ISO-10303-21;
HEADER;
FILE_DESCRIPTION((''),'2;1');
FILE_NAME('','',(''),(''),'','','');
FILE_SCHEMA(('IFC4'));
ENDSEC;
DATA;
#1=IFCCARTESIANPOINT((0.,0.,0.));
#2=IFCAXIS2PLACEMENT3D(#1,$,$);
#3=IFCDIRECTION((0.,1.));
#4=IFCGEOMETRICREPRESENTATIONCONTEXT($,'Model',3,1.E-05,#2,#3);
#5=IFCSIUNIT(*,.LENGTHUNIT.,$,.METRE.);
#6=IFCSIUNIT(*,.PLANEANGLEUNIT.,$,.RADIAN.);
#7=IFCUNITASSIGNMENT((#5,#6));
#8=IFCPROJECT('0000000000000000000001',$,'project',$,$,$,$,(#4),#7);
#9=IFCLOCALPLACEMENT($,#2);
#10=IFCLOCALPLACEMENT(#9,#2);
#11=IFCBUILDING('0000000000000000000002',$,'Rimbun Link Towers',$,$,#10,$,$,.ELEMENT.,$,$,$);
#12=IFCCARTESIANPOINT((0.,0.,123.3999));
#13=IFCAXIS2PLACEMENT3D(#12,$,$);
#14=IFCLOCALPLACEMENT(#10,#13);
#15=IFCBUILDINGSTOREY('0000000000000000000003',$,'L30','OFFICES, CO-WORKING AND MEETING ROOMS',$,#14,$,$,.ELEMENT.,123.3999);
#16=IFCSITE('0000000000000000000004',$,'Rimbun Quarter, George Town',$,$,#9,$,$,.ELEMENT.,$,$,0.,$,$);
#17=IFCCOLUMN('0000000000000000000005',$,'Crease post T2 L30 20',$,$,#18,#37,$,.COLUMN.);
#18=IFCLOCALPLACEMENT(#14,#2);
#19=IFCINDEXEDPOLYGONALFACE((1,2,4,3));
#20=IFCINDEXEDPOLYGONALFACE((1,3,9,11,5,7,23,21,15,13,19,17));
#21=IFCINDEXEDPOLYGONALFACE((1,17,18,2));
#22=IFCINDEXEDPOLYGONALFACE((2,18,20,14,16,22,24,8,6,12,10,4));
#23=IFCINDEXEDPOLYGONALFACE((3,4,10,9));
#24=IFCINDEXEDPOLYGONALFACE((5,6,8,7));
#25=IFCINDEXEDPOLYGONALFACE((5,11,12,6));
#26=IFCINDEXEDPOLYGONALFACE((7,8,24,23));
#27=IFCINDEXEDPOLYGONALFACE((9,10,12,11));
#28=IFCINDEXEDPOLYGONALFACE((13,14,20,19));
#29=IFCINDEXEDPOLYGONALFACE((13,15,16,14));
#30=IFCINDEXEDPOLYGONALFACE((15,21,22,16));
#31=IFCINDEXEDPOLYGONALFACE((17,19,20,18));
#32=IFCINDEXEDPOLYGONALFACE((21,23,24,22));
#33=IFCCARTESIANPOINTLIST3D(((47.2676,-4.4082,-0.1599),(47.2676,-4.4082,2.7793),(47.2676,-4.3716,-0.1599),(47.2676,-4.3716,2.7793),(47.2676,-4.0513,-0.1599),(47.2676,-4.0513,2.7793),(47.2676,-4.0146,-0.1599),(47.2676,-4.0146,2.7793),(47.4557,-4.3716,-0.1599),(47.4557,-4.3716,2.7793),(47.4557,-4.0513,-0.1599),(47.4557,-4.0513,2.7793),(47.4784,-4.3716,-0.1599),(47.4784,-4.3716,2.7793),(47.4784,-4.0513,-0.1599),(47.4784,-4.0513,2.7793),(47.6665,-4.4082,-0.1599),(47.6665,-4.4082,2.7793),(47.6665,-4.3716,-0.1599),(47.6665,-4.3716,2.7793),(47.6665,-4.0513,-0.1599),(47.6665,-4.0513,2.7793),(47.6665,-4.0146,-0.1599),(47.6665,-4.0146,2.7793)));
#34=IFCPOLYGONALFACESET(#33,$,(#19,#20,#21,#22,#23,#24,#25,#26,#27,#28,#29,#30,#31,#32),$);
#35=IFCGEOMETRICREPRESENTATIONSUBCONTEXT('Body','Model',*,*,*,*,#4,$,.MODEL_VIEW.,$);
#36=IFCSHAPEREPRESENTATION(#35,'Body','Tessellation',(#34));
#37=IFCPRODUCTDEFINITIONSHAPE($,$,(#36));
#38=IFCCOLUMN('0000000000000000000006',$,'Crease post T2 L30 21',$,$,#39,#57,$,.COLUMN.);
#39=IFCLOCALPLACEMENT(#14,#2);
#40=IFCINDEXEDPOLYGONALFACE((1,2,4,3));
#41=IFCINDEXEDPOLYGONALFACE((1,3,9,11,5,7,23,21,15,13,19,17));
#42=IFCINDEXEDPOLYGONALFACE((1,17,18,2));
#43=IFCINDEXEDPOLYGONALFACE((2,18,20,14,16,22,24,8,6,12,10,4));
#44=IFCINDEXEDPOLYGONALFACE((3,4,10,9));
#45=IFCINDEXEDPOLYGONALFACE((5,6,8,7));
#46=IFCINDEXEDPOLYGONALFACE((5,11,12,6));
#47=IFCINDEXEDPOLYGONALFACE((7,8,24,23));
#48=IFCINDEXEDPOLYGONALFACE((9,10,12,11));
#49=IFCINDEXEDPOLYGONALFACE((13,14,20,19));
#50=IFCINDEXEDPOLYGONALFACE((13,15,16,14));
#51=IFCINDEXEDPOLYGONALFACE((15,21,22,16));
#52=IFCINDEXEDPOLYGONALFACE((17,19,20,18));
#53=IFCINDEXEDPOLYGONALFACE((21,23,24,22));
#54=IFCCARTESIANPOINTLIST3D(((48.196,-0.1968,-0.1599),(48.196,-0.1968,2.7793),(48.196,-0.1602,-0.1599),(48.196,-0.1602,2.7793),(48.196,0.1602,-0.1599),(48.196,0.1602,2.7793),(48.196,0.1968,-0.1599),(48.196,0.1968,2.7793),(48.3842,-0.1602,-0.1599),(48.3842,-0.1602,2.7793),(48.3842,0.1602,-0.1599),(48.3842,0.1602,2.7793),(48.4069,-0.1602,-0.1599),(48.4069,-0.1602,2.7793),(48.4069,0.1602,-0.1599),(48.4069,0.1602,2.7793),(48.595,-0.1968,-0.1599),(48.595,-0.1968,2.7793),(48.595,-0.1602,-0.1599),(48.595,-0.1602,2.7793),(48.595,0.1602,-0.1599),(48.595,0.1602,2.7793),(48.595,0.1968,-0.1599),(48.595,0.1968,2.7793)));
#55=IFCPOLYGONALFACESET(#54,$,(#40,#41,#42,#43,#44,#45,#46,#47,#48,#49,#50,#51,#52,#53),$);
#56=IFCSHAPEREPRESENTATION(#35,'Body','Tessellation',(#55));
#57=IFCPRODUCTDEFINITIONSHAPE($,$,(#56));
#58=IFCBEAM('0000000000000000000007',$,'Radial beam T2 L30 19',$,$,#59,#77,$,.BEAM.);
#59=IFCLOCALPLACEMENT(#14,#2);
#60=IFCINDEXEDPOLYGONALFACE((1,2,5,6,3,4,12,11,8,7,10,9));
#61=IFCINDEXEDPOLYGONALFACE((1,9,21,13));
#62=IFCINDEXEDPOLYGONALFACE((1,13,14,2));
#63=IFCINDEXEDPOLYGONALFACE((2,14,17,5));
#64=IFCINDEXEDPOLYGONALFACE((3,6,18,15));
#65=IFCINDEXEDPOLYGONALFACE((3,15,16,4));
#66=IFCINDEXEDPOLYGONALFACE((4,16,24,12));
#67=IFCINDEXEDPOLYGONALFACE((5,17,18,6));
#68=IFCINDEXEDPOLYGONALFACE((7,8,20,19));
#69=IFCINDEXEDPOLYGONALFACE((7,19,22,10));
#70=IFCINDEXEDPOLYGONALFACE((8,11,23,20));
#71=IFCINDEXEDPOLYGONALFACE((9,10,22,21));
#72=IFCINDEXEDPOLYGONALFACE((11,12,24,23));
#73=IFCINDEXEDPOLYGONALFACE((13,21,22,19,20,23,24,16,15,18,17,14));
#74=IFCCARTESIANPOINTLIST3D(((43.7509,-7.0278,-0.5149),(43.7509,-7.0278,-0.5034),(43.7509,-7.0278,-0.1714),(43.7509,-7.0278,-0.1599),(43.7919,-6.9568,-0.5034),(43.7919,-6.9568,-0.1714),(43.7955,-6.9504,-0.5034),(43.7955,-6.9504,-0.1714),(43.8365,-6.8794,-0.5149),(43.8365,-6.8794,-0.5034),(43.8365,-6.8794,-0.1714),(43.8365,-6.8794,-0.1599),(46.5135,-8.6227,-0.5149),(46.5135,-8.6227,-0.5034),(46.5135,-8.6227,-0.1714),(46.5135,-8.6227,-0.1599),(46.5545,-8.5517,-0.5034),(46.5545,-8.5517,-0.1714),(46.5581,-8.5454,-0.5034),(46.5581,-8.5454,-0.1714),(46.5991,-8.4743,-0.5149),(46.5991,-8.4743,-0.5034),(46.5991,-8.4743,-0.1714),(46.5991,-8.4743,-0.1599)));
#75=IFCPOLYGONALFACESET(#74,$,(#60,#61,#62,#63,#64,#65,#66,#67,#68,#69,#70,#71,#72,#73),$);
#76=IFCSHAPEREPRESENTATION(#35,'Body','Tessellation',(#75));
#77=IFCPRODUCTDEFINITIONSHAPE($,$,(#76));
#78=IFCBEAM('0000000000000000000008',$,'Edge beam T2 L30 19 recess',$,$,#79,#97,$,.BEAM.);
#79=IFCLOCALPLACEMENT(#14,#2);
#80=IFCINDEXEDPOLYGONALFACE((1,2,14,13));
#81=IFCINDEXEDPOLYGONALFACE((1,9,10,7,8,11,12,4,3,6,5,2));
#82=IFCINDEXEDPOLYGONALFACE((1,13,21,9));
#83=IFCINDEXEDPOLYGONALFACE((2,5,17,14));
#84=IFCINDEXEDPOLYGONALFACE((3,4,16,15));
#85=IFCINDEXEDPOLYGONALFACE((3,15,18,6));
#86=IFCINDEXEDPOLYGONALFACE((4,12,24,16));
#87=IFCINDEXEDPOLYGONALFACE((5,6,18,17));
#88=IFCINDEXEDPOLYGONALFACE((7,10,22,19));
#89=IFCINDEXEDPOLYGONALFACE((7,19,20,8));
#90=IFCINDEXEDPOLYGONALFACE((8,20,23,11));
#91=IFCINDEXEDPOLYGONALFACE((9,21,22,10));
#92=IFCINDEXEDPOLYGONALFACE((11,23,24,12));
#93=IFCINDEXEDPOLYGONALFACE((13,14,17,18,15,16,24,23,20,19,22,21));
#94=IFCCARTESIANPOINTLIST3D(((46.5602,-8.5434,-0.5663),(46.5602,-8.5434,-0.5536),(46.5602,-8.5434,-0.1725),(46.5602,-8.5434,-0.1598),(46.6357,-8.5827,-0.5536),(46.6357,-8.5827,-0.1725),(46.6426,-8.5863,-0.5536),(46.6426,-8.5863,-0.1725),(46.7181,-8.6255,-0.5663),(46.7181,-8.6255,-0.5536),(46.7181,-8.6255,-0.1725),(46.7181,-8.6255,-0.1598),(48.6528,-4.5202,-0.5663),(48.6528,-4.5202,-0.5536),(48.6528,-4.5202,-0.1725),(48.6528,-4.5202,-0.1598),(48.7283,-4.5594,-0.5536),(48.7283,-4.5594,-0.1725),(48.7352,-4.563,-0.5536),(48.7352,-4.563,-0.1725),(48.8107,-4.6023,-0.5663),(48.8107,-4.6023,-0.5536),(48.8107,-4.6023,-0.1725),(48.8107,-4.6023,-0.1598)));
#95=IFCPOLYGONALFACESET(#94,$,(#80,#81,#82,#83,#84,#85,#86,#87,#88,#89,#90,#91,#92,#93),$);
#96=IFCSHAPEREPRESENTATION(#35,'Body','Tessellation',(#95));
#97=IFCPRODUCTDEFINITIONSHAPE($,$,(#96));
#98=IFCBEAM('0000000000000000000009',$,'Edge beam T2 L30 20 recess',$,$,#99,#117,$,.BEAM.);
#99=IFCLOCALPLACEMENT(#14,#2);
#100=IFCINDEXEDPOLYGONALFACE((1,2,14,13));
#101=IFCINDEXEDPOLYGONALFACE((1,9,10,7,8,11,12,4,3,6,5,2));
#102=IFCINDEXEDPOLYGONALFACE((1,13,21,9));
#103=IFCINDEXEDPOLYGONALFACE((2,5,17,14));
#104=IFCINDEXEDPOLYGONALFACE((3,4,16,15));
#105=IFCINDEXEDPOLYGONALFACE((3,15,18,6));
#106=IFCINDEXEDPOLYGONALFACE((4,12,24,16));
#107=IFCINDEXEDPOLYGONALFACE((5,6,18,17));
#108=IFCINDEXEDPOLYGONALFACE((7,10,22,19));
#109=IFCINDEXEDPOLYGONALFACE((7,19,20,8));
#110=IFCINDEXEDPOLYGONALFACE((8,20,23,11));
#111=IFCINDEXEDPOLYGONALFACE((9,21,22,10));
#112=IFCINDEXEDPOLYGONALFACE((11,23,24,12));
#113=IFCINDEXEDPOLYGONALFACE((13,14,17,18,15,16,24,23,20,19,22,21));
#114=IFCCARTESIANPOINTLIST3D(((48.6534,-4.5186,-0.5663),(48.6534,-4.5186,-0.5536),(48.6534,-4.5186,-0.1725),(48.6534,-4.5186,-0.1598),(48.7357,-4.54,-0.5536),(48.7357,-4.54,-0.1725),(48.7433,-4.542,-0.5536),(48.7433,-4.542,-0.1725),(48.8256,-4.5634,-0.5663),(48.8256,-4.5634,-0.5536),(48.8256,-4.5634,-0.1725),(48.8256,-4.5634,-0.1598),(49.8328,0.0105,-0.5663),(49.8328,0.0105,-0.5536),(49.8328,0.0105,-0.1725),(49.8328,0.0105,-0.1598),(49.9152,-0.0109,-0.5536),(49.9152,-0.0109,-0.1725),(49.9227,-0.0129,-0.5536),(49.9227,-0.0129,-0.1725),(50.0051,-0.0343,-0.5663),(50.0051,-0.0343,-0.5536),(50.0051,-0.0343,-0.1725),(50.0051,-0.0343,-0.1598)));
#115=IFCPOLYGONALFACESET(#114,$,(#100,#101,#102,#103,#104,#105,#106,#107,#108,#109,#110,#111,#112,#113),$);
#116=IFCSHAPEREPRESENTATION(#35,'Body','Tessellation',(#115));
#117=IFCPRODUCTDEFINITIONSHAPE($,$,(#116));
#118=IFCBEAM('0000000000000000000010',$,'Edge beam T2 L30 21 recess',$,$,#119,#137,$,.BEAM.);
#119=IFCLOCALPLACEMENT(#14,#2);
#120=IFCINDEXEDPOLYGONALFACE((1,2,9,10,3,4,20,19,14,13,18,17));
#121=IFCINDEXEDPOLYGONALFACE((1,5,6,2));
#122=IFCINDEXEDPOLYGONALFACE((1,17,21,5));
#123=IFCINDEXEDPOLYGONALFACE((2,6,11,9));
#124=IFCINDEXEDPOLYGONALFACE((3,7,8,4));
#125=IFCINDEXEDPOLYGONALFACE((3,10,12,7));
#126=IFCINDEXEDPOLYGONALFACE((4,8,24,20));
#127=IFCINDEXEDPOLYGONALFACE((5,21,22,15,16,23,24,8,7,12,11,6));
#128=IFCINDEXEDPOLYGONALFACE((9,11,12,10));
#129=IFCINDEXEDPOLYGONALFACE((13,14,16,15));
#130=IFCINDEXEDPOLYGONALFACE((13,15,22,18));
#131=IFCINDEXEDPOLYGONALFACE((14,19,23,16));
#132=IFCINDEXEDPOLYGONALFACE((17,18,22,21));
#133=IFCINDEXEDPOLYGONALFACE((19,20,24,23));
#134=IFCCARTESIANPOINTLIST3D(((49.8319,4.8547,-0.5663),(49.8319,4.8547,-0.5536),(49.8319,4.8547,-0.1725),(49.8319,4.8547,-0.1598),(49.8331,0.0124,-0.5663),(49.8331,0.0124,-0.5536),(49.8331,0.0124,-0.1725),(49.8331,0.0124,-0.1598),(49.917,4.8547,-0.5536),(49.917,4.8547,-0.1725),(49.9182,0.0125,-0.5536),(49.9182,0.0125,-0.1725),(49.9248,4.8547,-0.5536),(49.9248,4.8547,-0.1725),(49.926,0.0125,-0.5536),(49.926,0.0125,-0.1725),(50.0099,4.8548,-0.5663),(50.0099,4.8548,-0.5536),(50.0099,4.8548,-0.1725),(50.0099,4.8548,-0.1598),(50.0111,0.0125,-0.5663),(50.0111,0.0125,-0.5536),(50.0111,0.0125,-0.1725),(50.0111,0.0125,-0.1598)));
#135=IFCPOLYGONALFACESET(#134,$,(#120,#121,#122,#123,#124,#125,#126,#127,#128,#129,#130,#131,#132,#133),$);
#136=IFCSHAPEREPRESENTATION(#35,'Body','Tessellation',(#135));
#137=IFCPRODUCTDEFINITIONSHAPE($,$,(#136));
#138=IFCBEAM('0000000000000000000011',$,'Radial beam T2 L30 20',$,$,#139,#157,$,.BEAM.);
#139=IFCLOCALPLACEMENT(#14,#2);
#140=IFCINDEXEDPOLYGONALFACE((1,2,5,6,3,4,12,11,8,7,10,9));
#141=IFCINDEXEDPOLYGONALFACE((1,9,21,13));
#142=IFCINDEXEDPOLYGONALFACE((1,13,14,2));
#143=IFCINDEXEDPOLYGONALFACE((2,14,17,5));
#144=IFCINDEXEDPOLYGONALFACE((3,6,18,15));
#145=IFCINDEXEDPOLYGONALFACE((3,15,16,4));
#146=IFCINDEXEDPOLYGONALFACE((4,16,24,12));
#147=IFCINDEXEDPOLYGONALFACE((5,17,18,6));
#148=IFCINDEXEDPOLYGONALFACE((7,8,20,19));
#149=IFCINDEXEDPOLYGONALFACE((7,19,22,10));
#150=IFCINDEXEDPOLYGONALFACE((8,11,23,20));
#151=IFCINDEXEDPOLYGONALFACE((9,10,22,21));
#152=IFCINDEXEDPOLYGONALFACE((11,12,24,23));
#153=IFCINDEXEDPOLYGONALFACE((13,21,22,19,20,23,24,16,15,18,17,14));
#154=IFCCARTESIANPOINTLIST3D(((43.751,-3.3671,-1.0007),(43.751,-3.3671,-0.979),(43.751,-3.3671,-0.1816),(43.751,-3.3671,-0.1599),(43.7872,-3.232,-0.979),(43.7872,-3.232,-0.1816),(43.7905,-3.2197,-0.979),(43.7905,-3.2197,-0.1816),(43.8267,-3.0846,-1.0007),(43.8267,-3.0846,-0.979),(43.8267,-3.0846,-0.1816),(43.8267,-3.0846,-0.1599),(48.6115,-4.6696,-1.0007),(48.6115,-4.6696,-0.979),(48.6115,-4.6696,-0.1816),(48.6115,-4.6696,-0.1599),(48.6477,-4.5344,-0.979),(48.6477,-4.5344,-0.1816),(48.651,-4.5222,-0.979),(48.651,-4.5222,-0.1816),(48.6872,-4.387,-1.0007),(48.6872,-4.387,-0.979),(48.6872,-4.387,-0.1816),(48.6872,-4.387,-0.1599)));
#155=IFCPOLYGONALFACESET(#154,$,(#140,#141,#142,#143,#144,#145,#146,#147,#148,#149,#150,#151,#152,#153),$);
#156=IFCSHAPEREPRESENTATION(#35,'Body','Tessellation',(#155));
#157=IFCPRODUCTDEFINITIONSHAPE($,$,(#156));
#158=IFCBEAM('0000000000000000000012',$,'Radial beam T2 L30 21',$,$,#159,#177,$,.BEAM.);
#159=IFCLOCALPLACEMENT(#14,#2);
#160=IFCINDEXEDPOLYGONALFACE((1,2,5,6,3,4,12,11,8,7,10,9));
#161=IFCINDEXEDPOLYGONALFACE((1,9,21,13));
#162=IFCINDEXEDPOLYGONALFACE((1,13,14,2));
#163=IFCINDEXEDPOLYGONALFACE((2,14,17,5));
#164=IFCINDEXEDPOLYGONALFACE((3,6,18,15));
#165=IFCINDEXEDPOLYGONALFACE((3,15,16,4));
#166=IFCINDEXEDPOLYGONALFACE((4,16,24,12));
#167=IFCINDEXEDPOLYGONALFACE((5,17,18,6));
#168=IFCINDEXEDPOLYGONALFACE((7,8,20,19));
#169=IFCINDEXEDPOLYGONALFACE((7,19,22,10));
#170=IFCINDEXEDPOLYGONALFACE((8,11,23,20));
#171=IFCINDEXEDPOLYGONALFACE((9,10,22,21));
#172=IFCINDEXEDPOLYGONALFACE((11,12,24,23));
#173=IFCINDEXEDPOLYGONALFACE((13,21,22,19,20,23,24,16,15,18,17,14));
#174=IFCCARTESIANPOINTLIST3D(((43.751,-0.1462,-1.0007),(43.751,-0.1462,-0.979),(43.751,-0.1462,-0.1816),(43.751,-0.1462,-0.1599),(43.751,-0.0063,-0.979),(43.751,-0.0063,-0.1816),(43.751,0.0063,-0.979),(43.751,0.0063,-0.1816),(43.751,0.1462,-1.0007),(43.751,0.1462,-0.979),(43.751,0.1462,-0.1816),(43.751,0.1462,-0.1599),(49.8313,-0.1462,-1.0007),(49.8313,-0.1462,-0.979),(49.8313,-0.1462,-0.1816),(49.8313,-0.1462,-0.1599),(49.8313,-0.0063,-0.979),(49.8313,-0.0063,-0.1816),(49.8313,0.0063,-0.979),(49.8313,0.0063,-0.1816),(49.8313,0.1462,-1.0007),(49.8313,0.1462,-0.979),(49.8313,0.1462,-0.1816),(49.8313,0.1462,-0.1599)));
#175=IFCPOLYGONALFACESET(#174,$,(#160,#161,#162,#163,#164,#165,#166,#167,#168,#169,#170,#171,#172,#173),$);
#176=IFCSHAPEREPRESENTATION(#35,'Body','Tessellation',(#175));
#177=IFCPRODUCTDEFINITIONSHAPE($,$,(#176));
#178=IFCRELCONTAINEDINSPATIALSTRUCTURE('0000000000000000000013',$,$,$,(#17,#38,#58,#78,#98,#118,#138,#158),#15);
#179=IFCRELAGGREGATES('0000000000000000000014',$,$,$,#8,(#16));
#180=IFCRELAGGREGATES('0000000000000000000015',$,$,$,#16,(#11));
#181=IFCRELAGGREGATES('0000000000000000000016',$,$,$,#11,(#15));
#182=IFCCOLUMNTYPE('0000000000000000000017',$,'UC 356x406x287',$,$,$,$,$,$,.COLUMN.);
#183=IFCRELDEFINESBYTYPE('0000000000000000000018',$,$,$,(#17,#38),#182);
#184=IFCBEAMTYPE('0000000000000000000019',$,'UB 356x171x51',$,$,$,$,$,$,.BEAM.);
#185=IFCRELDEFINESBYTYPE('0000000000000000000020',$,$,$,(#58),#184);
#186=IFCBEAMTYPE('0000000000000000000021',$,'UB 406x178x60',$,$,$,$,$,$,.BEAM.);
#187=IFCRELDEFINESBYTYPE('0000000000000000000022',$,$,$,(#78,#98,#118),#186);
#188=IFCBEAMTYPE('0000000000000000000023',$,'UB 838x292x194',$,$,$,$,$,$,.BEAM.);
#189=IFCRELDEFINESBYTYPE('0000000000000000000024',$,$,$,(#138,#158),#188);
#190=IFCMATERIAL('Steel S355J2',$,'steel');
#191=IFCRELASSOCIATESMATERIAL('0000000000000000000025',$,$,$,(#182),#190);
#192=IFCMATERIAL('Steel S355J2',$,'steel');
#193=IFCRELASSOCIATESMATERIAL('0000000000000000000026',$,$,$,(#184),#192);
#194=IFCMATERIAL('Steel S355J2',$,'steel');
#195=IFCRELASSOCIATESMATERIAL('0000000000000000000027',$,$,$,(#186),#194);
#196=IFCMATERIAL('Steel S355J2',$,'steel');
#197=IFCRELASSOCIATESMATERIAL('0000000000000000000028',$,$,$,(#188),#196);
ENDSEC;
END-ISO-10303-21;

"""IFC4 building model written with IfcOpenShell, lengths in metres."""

from ifc_helpers import new_model, si_unit, direction, frame, origin, origin_2d, place, context, subcontext, project, spatial, i_section, extrude, material, material_profile, profile_set, type_object, element, save


model = new_model("IFC4")

# Units and contexts
model_context = context("Model", 3, precision=1e-05, world=origin(), true_north=direction((0.0, 1.0)))
body_context = subcontext(model_context, "Body", "Model", "MODEL_VIEW")
ifc_project = project(units=[si_unit("LENGTHUNIT", "METRE"), si_unit("PLANEANGLEUNIT", "RADIAN")], contexts=[model_context])

# Site, building, storey
site_placement = place(None, origin())
site = spatial("IfcSite", under=ifc_project, at=site_placement, Name="Rimbun Quarter, George Town", CompositionType="ELEMENT", RefElevation=0.0)
building_placement = place(site_placement, origin())
building = spatial("IfcBuilding", under=site, at=building_placement, Name="Rimbun Link Towers", CompositionType="ELEMENT")
storey_placement = place(building_placement, frame((0.0, 0.0, 123.3999)))
storey = spatial("IfcBuildingStorey", under=building, at=storey_placement, Name="L30", Description="OFFICES, CO-WORKING AND MEETING ROOMS", CompositionType="ELEMENT", Elevation=123.3999)

# Columns
ifc_material_1 = material(Name="Steel S355J2", Category="steel")
ifc_material_profile_1 = material_profile(ifc_material_1, i_section(OverallWidth=0.3989, OverallDepth=0.3936, WebThickness=0.0227, FlangeThickness=0.0366, at=origin_2d()), Name="UC 356x406x287")
ifc_profile_set_1 = profile_set([ifc_material_profile_1], Name="Steel S355J2")
column_type = type_object("IfcColumnType", Name="UC 356x406x287", PredefinedType="COLUMN", material=ifc_profile_set_1)
for number, where, z_axis, x_axis, name in (
    (1, (47.467, -4.2114, -0.1599), (0.0, 0.0, 1.0), (1.0, 0.0, 0.0), "Crease post T2 L30 20"),
    (2, (48.3955, 0.0, -0.1599), (0.0, 0.0, 1.0), (1.0, 0.0, 0.0), "Crease post T2 L30 21"),
):
    element("IfcColumn", number, at=place(storey_placement, frame(where, z_axis=z_axis, x_axis=x_axis)), inside=storey, type_object=column_type, Name=name, PredefinedType="COLUMN", context=body_context, shape_type="SweptSolid", body=[
        extrude(i_section(OverallWidth=0.3989, OverallDepth=0.3936, WebThickness=0.0227, FlangeThickness=0.0366, at=origin_2d()), origin(), (0.0, 0.0, 1.0), 2.9392),
    ])

# Beams
ifc_material_2 = material(Name="Steel S355J2", Category="steel")
ifc_material_profile_2 = material_profile(ifc_material_2, i_section(OverallWidth=0.1714, OverallDepth=0.355, WebThickness=0.0073, FlangeThickness=0.0115, at=origin_2d()), Name="UB 356x171x51")
ifc_profile_set_2 = profile_set([ifc_material_profile_2], Name="Steel S355J2")
beam_type_1 = type_object("IfcBeamType", Name="UB 356x171x51", PredefinedType="BEAM", material=ifc_profile_set_2)
beam_1_placement = place(storey_placement, frame((43.7937, -6.9536, -0.3374), z_axis=(0.866035, -0.499983, 0.0), x_axis=(0.499983, 0.866035, 0.0)))
element("IfcBeam", 3, at=beam_1_placement, inside=storey, type_object=beam_type_1, Name="Radial beam T2 L30 19", PredefinedType="BEAM", context=body_context, shape_type="SweptSolid", body=[
    extrude(i_section(OverallWidth=0.1714, OverallDepth=0.355, WebThickness=0.0073, FlangeThickness=0.0115, at=origin_2d()), origin(), (0.0, 0.0, 1.0), 3.1899),
])
ifc_material_3 = material(Name="Steel S355J2", Category="steel")
ifc_material_profile_3 = material_profile(ifc_material_3, i_section(OverallWidth=0.178, OverallDepth=0.4065, WebThickness=0.0078, FlangeThickness=0.0127, at=origin_2d()), Name="UB 406x178x60")
ifc_profile_set_3 = profile_set([ifc_material_profile_3], Name="Steel S355J2")
beam_type_2 = type_object("IfcBeamType", Name="UB 406x178x60", PredefinedType="BEAM", material=ifc_profile_set_3)
beam_2_placement = place(storey_placement, frame((46.6392, -8.5845, -0.363), z_axis=(0.461434, 0.887174, 0.0), x_axis=(-0.887174, 0.461434, 0.0)))
element("IfcBeam", 4, at=beam_2_placement, inside=storey, type_object=beam_type_2, Name="Edge beam T2 L30 19 recess", PredefinedType="BEAM", context=body_context, shape_type="SweptSolid", body=[
    extrude(i_section(OverallWidth=0.178, OverallDepth=0.4065, WebThickness=0.0078, FlangeThickness=0.0127, at=origin_2d()), origin(), (0.0, 0.0, 1.0), 4.5349),
])
beam_3_placement = place(storey_placement, frame((48.7395, -4.541, -0.363), z_axis=(0.252012, 0.967724, 0.0), x_axis=(-0.967724, 0.252012, 0.0)))
element("IfcBeam", 5, at=beam_3_placement, inside=storey, type_object=beam_type_2, Name="Edge beam T2 L30 20 recess", PredefinedType="BEAM", context=body_context, shape_type="SweptSolid", body=[
    extrude(i_section(OverallWidth=0.178, OverallDepth=0.4065, WebThickness=0.0078, FlangeThickness=0.0127, at=origin_2d()), origin(), (0.0, 0.0, 1.0), 4.6802),
])
beam_4_placement = place(storey_placement, frame((49.9221, 0.0125, -0.363), z_axis=(-0.000252, 1.0, 0.0), x_axis=(-1.0, -0.000252, 0.0)))
element("IfcBeam", 6, at=beam_4_placement, inside=storey, type_object=beam_type_2, Name="Edge beam T2 L30 21 recess", PredefinedType="BEAM", context=body_context, shape_type="SweptSolid", body=[
    extrude(i_section(OverallWidth=0.178, OverallDepth=0.4065, WebThickness=0.0078, FlangeThickness=0.0127, at=origin_2d()), origin(), (0.0, 0.0, 1.0), 4.8423),
])
ifc_material_4 = material(Name="Steel S355J2", Category="steel")
ifc_material_profile_4 = material_profile(ifc_material_4, i_section(OverallWidth=0.2925, OverallDepth=0.8408, WebThickness=0.0127, FlangeThickness=0.0217, at=origin_2d()), Name="UB 838x292x194")
ifc_profile_set_4 = profile_set([ifc_material_profile_4], Name="Steel S355J2")
beam_type_3 = type_object("IfcBeamType", Name="UB 838x292x194", PredefinedType="BEAM", material=ifc_profile_set_4)
beam_5_placement = place(storey_placement, frame((43.7888, -3.2258, -0.5803), z_axis=(0.965921, -0.258837, 0.0), x_axis=(0.258837, 0.965921, 0.0)))
element("IfcBeam", 7, at=beam_5_placement, inside=storey, type_object=beam_type_3, Name="Radial beam T2 L30 20", PredefinedType="BEAM", context=body_context, shape_type="SweptSolid", body=[
    extrude(i_section(OverallWidth=0.2925, OverallDepth=0.8408, WebThickness=0.0127, FlangeThickness=0.0217, at=origin_2d()), origin(), (0.0, 0.0, 1.0), 5.032),
])
beam_6_placement = place(storey_placement, frame((43.751, 0.0, -0.5803), z_axis=(1.0, 0.0, 0.0), x_axis=(0.0, 1.0, 0.0)))
element("IfcBeam", 8, at=beam_6_placement, inside=storey, type_object=beam_type_3, Name="Radial beam T2 L30 21", PredefinedType="BEAM", context=body_context, shape_type="SweptSolid", body=[
    extrude(i_section(OverallWidth=0.2925, OverallDepth=0.8408, WebThickness=0.0127, FlangeThickness=0.0217, at=origin_2d()), origin(), (0.0, 0.0, 1.0), 6.0803),
])

save(model, "model.ifc")
